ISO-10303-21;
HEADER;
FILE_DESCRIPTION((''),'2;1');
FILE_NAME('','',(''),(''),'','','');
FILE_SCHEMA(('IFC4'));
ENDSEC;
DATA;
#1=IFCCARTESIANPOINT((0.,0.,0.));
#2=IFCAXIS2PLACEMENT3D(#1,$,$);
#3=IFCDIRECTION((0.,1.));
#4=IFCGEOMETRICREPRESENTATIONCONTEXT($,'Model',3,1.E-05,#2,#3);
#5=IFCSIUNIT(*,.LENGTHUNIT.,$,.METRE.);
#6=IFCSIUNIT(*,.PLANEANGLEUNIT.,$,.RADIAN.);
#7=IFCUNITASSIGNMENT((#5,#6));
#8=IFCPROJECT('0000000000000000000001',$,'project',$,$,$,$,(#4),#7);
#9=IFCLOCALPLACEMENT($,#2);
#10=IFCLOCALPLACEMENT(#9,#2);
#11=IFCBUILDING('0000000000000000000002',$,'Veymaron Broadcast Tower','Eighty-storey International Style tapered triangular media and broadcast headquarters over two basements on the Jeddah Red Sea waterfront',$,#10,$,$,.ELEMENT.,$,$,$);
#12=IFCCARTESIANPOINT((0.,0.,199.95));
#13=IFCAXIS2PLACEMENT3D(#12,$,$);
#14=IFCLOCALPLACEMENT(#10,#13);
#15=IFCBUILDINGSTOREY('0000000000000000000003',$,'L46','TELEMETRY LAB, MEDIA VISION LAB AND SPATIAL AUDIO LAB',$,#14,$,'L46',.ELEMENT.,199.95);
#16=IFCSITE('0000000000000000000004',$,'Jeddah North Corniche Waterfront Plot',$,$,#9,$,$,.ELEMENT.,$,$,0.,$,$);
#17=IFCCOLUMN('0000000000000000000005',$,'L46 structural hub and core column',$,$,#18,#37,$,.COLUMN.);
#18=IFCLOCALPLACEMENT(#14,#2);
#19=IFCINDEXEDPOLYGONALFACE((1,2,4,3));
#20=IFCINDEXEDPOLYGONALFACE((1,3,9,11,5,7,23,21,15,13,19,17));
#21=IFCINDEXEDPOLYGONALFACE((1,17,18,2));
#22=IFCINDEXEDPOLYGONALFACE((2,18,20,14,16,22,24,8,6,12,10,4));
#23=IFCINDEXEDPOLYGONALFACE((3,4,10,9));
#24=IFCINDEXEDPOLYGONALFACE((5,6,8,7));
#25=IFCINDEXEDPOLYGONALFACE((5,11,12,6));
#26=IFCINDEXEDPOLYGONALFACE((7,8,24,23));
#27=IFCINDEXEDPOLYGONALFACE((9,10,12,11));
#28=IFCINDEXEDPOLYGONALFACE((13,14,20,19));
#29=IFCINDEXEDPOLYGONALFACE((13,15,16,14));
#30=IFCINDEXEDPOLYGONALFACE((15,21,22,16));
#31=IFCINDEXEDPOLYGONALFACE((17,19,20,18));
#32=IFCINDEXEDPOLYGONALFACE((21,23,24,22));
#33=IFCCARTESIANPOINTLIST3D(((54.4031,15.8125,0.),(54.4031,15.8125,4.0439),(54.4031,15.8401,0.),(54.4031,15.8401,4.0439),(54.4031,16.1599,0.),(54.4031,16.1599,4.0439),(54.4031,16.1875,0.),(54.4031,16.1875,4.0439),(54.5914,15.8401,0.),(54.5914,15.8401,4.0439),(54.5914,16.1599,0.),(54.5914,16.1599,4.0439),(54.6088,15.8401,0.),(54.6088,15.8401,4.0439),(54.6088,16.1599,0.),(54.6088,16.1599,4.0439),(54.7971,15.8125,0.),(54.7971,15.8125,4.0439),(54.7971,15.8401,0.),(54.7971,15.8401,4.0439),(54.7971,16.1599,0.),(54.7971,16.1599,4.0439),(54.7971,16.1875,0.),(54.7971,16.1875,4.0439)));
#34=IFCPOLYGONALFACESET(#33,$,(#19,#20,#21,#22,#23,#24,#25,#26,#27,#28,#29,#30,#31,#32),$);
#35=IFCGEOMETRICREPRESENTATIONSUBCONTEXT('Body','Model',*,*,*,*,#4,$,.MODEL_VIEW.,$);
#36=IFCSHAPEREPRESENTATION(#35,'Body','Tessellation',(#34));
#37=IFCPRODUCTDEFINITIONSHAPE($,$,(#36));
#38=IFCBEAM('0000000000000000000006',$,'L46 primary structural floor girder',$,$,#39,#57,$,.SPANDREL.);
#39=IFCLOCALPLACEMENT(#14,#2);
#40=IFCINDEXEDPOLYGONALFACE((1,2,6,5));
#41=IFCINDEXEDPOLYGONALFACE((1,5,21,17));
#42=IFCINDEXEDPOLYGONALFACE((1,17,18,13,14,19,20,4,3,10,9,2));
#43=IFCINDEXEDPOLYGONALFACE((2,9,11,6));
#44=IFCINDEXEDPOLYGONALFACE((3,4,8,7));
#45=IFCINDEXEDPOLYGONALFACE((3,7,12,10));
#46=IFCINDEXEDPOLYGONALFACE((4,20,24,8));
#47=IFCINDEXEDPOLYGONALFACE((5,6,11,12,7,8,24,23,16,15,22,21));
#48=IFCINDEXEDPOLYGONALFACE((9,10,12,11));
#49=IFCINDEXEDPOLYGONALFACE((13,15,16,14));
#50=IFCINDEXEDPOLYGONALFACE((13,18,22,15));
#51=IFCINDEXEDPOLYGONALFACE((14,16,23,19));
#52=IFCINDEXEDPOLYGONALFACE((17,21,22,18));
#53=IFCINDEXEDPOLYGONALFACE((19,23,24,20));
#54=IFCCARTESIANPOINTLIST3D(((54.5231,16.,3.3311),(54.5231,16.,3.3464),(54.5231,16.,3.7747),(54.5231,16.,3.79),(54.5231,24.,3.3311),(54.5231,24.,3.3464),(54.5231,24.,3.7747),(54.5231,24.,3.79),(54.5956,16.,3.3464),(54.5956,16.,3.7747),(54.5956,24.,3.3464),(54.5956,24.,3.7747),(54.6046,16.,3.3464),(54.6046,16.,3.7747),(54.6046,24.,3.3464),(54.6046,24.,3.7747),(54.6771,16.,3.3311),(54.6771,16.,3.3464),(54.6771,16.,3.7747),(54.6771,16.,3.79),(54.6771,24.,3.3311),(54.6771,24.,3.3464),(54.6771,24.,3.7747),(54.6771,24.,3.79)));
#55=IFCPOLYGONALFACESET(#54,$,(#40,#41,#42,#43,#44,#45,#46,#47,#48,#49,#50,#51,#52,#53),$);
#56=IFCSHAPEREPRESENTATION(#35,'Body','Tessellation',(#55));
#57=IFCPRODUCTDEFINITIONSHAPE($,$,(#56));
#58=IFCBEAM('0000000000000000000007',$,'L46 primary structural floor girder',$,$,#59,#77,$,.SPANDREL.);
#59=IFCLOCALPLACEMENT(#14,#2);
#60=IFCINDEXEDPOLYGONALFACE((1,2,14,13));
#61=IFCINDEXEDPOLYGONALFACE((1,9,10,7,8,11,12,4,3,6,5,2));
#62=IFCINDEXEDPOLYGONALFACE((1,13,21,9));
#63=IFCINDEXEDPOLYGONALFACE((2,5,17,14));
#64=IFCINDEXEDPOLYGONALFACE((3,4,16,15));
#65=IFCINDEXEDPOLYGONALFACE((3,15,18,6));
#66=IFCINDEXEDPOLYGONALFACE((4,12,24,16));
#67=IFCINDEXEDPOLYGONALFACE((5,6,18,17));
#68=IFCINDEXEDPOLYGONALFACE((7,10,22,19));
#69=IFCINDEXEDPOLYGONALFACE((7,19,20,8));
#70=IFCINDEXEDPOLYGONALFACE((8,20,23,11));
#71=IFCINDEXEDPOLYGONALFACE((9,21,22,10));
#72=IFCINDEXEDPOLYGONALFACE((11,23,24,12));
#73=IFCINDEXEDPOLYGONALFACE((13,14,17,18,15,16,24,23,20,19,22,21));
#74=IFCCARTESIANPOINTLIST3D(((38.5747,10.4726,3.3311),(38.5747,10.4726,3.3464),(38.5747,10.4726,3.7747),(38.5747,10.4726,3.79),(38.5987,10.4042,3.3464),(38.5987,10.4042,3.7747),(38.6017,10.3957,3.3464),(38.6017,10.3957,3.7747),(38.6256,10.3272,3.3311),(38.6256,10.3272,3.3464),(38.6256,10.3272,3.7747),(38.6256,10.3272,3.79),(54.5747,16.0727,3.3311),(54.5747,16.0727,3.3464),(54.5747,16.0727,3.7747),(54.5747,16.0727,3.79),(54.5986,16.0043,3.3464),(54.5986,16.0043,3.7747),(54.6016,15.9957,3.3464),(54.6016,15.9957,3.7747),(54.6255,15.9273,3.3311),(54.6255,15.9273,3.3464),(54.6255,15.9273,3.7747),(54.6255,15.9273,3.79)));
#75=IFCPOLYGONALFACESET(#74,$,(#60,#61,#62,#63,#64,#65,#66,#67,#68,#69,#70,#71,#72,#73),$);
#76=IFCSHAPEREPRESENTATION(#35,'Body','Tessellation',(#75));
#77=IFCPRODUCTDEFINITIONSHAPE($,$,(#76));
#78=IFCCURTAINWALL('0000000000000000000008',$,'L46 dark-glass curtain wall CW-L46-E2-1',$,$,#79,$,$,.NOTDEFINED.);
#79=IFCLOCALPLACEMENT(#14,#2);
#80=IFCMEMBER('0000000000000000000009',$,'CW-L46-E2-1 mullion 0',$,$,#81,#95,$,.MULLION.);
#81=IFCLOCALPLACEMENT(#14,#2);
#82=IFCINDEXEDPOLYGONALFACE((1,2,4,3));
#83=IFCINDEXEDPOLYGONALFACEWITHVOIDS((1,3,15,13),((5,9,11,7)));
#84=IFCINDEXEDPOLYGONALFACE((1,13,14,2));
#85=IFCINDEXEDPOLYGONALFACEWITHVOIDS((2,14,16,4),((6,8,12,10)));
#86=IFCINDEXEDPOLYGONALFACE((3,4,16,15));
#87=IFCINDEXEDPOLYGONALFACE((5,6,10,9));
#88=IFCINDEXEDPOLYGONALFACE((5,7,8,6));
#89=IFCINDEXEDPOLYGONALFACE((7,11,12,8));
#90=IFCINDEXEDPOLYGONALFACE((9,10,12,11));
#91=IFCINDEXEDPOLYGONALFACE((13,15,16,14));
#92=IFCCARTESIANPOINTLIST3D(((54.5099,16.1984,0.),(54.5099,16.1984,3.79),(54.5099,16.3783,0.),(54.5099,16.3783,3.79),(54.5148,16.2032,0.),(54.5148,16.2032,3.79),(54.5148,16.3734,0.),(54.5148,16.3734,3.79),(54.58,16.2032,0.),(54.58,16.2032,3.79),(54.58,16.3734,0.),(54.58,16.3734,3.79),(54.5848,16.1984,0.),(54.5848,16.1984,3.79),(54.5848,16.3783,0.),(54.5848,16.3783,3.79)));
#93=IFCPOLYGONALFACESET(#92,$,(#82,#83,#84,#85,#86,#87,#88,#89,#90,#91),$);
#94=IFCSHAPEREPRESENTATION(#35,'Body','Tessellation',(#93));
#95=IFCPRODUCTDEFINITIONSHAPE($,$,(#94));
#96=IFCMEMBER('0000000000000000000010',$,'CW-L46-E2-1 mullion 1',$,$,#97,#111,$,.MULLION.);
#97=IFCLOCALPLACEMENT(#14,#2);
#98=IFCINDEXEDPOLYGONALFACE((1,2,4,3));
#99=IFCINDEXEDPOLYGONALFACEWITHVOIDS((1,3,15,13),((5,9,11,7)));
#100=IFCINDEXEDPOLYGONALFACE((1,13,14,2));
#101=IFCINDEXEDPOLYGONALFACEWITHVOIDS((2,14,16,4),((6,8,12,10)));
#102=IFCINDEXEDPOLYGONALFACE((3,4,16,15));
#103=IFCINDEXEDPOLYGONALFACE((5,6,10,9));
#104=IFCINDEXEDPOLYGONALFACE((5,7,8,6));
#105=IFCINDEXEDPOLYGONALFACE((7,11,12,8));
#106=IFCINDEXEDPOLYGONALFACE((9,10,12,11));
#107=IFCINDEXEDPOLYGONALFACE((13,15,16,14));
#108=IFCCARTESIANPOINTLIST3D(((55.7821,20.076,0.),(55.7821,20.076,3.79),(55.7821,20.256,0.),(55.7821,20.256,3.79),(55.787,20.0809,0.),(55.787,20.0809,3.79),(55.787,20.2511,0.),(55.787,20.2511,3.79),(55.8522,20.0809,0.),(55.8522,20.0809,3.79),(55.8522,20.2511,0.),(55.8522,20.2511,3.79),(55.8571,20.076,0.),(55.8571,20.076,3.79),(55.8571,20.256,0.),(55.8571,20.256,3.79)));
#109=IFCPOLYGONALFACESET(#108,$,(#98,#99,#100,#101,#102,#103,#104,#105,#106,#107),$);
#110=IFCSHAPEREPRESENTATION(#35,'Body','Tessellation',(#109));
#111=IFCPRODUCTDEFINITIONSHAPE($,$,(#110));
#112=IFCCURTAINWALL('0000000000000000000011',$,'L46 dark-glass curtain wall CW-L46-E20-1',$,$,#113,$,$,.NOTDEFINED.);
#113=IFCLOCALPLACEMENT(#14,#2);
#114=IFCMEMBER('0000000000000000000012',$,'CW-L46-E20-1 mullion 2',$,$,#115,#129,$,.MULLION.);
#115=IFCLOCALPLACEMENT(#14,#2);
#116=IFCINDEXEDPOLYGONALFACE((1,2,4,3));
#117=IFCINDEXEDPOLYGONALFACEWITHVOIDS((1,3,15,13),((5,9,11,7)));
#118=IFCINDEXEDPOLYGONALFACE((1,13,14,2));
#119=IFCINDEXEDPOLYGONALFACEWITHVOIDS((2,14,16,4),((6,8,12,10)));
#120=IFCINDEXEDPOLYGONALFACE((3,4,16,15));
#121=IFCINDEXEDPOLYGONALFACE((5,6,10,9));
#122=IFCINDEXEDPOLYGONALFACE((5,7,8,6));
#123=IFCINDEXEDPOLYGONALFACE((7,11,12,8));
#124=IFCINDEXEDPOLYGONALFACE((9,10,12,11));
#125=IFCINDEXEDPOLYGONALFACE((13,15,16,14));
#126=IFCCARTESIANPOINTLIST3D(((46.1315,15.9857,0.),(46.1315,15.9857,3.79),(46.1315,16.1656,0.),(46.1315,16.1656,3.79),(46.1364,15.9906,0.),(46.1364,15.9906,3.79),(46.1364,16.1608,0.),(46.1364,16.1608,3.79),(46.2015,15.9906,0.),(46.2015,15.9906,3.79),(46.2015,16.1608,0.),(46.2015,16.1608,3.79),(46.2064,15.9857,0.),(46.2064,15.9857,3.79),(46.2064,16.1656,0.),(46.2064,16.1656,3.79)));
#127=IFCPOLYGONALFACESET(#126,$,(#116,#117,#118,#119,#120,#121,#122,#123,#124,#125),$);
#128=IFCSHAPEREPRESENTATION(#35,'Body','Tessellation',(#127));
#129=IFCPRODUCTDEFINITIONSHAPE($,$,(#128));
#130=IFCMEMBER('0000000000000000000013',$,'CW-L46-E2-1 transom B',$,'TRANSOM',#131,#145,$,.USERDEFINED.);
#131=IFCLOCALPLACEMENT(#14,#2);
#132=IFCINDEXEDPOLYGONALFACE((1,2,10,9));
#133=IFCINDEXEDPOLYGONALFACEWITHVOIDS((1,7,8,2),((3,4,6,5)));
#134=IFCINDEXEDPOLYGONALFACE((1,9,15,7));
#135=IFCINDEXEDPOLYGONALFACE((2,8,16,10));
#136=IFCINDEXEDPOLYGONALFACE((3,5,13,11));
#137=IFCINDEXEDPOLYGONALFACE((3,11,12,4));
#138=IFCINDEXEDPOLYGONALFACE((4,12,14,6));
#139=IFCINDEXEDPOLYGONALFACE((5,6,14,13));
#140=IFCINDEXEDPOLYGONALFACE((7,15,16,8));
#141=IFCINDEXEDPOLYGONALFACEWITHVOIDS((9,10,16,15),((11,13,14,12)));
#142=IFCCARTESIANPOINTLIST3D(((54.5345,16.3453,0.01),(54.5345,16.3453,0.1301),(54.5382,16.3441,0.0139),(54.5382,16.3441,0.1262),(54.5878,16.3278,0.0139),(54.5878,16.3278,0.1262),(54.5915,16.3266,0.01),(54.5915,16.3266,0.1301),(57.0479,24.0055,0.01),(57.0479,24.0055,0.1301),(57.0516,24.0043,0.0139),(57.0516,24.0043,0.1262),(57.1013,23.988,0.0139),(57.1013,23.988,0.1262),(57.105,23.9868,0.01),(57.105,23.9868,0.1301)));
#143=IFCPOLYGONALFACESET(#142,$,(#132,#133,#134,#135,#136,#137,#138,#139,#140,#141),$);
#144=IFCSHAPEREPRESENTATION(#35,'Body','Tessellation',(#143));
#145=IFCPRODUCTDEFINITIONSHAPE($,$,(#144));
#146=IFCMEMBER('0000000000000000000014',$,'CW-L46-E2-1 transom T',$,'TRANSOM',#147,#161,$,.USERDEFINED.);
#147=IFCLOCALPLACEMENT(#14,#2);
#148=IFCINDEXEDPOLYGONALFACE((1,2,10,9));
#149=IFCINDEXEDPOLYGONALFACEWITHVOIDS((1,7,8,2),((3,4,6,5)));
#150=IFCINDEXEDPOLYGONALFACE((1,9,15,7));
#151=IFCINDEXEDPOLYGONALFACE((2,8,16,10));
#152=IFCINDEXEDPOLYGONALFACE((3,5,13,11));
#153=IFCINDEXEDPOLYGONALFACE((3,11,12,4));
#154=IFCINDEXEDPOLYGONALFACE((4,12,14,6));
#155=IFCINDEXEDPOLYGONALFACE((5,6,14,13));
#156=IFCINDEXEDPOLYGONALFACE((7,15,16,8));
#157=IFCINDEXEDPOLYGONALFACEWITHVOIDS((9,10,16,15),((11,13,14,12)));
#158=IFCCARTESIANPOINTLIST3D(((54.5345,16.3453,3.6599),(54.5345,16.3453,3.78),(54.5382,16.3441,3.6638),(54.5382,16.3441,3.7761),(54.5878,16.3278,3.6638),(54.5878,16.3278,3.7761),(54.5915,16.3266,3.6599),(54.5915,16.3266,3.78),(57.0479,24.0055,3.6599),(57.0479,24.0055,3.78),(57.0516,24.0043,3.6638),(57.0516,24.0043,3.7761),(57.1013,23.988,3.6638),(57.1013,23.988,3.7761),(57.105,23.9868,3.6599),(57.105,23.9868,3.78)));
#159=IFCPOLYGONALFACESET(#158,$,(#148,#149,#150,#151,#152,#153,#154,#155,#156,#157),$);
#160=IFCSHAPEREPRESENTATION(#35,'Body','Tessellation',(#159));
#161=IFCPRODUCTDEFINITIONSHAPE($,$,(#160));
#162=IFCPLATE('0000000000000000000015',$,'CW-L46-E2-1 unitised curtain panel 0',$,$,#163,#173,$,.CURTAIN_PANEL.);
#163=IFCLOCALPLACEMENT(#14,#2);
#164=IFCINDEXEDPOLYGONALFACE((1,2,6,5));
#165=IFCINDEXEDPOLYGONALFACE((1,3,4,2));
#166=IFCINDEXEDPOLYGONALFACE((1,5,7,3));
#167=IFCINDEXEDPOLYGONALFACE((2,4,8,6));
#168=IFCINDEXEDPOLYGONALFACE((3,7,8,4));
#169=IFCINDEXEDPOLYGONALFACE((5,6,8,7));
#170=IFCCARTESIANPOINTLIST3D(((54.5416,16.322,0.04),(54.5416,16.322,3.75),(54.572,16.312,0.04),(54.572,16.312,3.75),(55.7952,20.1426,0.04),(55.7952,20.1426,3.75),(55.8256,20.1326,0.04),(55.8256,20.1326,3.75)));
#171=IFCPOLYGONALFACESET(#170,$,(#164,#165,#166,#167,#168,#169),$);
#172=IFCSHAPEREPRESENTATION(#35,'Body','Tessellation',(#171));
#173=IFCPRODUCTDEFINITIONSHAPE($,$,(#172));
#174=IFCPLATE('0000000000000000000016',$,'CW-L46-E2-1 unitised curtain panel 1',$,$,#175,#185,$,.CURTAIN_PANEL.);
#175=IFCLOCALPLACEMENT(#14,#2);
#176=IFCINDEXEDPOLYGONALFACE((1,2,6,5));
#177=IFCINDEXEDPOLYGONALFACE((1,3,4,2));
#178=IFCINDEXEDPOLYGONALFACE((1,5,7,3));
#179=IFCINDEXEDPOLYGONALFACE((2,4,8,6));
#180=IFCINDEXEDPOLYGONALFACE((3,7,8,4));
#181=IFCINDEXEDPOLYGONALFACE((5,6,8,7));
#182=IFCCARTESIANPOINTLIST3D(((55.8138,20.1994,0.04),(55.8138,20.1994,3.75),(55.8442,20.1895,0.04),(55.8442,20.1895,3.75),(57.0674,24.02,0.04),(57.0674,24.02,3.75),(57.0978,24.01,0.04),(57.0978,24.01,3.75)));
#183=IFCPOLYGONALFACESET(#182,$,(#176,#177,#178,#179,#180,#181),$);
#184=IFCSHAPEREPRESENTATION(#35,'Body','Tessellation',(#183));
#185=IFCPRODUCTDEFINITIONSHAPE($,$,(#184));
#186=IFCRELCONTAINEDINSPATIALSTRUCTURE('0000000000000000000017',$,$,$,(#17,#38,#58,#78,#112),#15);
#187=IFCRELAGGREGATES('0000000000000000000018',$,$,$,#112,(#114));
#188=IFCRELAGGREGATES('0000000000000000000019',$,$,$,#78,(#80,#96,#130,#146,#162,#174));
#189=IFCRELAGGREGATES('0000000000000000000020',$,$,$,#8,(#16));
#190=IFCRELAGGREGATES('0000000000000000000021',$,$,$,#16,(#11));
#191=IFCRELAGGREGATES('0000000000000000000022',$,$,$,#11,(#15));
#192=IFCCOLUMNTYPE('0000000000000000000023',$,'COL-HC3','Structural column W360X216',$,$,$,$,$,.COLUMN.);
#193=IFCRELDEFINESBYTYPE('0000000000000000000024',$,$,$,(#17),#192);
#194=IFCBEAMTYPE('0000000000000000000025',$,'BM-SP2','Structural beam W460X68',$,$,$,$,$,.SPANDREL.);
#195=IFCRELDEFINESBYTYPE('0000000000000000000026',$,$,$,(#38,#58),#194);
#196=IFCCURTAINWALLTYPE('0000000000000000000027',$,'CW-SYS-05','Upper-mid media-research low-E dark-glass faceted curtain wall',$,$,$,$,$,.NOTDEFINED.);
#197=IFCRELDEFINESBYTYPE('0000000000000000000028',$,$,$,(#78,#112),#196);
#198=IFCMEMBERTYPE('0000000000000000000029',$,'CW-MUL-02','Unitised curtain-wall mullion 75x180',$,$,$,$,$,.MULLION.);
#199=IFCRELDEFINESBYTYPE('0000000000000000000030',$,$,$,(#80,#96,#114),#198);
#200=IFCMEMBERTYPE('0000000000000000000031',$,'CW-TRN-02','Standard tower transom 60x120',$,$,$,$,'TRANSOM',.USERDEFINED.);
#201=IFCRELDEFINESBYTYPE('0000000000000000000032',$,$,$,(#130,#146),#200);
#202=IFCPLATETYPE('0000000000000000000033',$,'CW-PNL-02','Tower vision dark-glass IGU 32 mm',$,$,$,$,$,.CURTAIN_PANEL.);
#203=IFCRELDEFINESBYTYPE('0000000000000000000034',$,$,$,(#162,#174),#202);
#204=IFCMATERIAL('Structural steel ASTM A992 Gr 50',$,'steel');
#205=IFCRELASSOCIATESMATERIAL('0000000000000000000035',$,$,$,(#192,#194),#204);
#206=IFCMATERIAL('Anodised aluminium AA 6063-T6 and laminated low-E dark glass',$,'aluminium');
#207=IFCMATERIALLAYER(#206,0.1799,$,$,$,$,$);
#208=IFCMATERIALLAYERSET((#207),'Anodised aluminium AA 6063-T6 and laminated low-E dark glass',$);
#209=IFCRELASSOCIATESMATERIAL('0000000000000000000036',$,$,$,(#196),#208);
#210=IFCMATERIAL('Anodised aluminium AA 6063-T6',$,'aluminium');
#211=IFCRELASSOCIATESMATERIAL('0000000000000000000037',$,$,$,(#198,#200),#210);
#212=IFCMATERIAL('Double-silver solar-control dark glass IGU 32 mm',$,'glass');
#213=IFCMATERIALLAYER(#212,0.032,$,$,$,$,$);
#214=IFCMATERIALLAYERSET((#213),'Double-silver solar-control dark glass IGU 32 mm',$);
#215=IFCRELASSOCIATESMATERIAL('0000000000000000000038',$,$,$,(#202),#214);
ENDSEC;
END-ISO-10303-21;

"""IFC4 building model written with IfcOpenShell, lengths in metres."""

from ifc_helpers import new_model, si_unit, direction, frame, origin, origin_2d, place, context, subcontext, project, spatial, rectangle, hollow_rectangle, i_section, extrude, material, layer, layer_set, material_profile, profile_set, type_object, element, aggregate, save


model = new_model("IFC4")

# Units and contexts
model_context = context("Model", 3, precision=1e-05, world=origin(), true_north=direction((0.0, 1.0)))
body_context = subcontext(model_context, "Body", "Model", "MODEL_VIEW")
ifc_project = project(units=[si_unit("LENGTHUNIT", "METRE"), si_unit("PLANEANGLEUNIT", "RADIAN")], contexts=[model_context])

# Site, building, storey
site_placement = place(None, origin())
site = spatial("IfcSite", under=ifc_project, at=site_placement, Name="Jeddah North Corniche Waterfront Plot", CompositionType="ELEMENT", RefElevation=0.0)
building_placement = place(site_placement, origin())
building = spatial("IfcBuilding", under=site, at=building_placement, Name="Veymaron Broadcast Tower", Description="Eighty-storey International Style tapered triangular media and broadcast headquarters over two basements on the Jeddah Red Sea waterfront", CompositionType="ELEMENT")
storey_placement = place(building_placement, frame((0.0, 0.0, 199.95)))
storey = spatial("IfcBuildingStorey", under=building, at=storey_placement, Name="L46", Description="TELEMETRY LAB, MEDIA VISION LAB AND SPATIAL AUDIO LAB", LongName="L46", CompositionType="ELEMENT", Elevation=199.95)

# Column
ifc_material_1 = material(Name="Structural steel ASTM A992 Gr 50", Category="steel")
ifc_material_profile_1 = material_profile(ifc_material_1, i_section(OverallWidth=0.394, OverallDepth=0.375, WebThickness=0.0173, FlangeThickness=0.0276, at=origin_2d()), Name="W360X216")
ifc_profile_set_1 = profile_set([ifc_material_profile_1], Name="Structural steel ASTM A992 Gr 50")
column_type = type_object("IfcColumnType", Name="COL-HC3", Description="Structural column W360X216", PredefinedType="COLUMN", material=ifc_profile_set_1)
column_placement = place(storey_placement, frame((54.6001, 16.0, 0.0), z_axis=(0.0, 0.0, 1.0), x_axis=(1.0, 0.0, 0.0)))
element("IfcColumn", 1, at=column_placement, inside=storey, type_object=column_type, Name="L46 structural hub and core column", PredefinedType="COLUMN", context=body_context, shape_type="SweptSolid", body=[
    extrude(i_section(OverallWidth=0.394, OverallDepth=0.375, WebThickness=0.0173, FlangeThickness=0.0276, at=origin_2d()), origin(), (0.0, 0.0, 1.0), 4.0439),
])

# Beams
ifc_material_profile_2 = material_profile(ifc_material_1, i_section(OverallWidth=0.1541, OverallDepth=0.459, WebThickness=0.009, FlangeThickness=0.0154, at=origin_2d()), Name="W460X68")
ifc_profile_set_2 = profile_set([ifc_material_profile_2], Name="Structural steel ASTM A992 Gr 50")
beam_type = type_object("IfcBeamType", Name="BM-SP2", Description="Structural beam W460X68", PredefinedType="SPANDREL", material=ifc_profile_set_2)
beam_1_placement = place(storey_placement, frame((54.6001, 16.0, 3.5605), z_axis=(0.0, 1.0, 0.0), x_axis=(-1.0, 0.0, 0.0)))
element("IfcBeam", 2, at=beam_1_placement, inside=storey, type_object=beam_type, Name="L46 primary structural floor girder", PredefinedType="SPANDREL", context=body_context, shape_type="SweptSolid", body=[
    extrude(i_section(OverallWidth=0.1541, OverallDepth=0.459, WebThickness=0.009, FlangeThickness=0.0154, at=origin_2d()), origin(), (0.0, 0.0, 1.0), 8.0),
])
beam_2_placement = place(storey_placement, frame((54.6001, 16.0, 3.5605), z_axis=(-0.943857, -0.330356, 0.0), x_axis=(0.330356, -0.943857, 0.0)))
element("IfcBeam", 3, at=beam_2_placement, inside=storey, type_object=beam_type, Name="L46 primary structural floor girder", PredefinedType="SPANDREL", context=body_context, shape_type="SweptSolid", body=[
    extrude(i_section(OverallWidth=0.1541, OverallDepth=0.459, WebThickness=0.009, FlangeThickness=0.0154, at=origin_2d()), origin(), (0.0, 0.0, 1.0), 16.9517),
])

# Curtain wall, members
ifc_material_2 = material(Name="Anodised aluminium AA 6063-T6 and laminated low-E dark glass", Category="aluminium")
ifc_layer_1 = layer(ifc_material_2, 0.1799)
ifc_layer_set_1 = layer_set([ifc_layer_1], Name="Anodised aluminium AA 6063-T6 and laminated low-E dark glass")
curtain_wall_type = type_object("IfcCurtainWallType", Name="CW-SYS-05", Description="Upper-mid media-research low-E dark-glass faceted curtain wall", PredefinedType="NOTDEFINED", material=ifc_layer_set_1)
curtain_wall_1_placement = place(storey_placement, origin())
curtain_wall_1 = element("IfcCurtainWall", 4, at=curtain_wall_1_placement, inside=storey, type_object=curtain_wall_type, Name="L46 dark-glass curtain wall CW-L46-E2-1", PredefinedType="NOTDEFINED")
ifc_material_3 = material(Name="Anodised aluminium AA 6063-T6", Category="aluminium")
ifc_material_profile_3 = material_profile(ifc_material_3, hollow_rectangle(XDim=0.075, YDim=0.1799, WallThickness=0.0049, at=origin_2d()), Name="AL180X75X5")
ifc_profile_set_3 = profile_set([ifc_material_profile_3], Name="Anodised aluminium AA 6063-T6")
member_type_1 = type_object("IfcMemberType", Name="CW-MUL-02", Description="Unitised curtain-wall mullion 75x180", PredefinedType="MULLION", material=ifc_profile_set_3)
member_1_placement = place(storey_placement, frame((54.5474, 16.2883, 0.0), z_axis=(0.0, 0.0, 1.0), x_axis=(1.0, 0.0, 0.0)))
member_1 = element("IfcMember", 5, at=member_1_placement, type_object=member_type_1, Name="CW-L46-E2-1 mullion 0", PredefinedType="MULLION", context=body_context, shape_type="SweptSolid", body=[
    extrude(hollow_rectangle(XDim=0.075, YDim=0.1799, WallThickness=0.0049, at=origin_2d()), origin(), (0.0, 0.0, 1.0), 3.79),
])
member_2_placement = place(storey_placement, frame((55.8196, 20.166, 0.0), z_axis=(0.0, 0.0, 1.0), x_axis=(1.0, 0.0, 0.0)))
member_2 = element("IfcMember", 6, at=member_2_placement, type_object=member_type_1, Name="CW-L46-E2-1 mullion 1", PredefinedType="MULLION", context=body_context, shape_type="SweptSolid", body=[
    extrude(hollow_rectangle(XDim=0.075, YDim=0.1799, WallThickness=0.0049, at=origin_2d()), origin(), (0.0, 0.0, 1.0), 3.79),
])

# Curtain wall, member
curtain_wall_2_placement = place(storey_placement, origin())
curtain_wall_2 = element("IfcCurtainWall", 7, at=curtain_wall_2_placement, inside=storey, type_object=curtain_wall_type, Name="L46 dark-glass curtain wall CW-L46-E20-1", PredefinedType="NOTDEFINED")
member_3_placement = place(storey_placement, frame((46.1689, 16.0757, 0.0), z_axis=(0.0, 0.0, 1.0), x_axis=(1.0, 0.0, 0.0)))
member_3 = element("IfcMember", 8, at=member_3_placement, type_object=member_type_1, Name="CW-L46-E20-1 mullion 2", PredefinedType="MULLION", context=body_context, shape_type="SweptSolid", body=[
    extrude(hollow_rectangle(XDim=0.075, YDim=0.1799, WallThickness=0.0049, at=origin_2d()), origin(), (0.0, 0.0, 1.0), 3.79),
])
aggregate(curtain_wall_2, [member_3])

# Members
ifc_material_profile_4 = material_profile(ifc_material_3, hollow_rectangle(XDim=0.0601, YDim=0.1201, WallThickness=0.0039, at=origin_2d()), Name="AL120X60X4")
ifc_profile_set_4 = profile_set([ifc_material_profile_4], Name="Anodised aluminium AA 6063-T6")
member_type_2 = type_object("IfcMemberType", Name="CW-TRN-02", Description="Standard tower transom 60x120", ElementType="TRANSOM", PredefinedType="USERDEFINED", material=ifc_profile_set_4)
member_4_placement = place(storey_placement, frame((54.563, 16.3359, 0.0701), z_axis=(0.311764, 0.95016, 0.0), x_axis=(-0.95016, 0.311764, 0.0)))
member_4 = element("IfcMember", 9, at=member_4_placement, type_object=member_type_2, Name="CW-L46-E2-1 transom B", ObjectType="TRANSOM", PredefinedType="USERDEFINED", context=body_context, shape_type="SweptSolid", body=[
    extrude(hollow_rectangle(XDim=0.0601, YDim=0.1201, WallThickness=0.0039, at=origin_2d()), origin(), (0.0, 0.0, 1.0), 8.062),
])
member_5_placement = place(storey_placement, frame((54.563, 16.3359, 3.72), z_axis=(0.311764, 0.95016, 0.0), x_axis=(-0.95016, 0.311764, 0.0)))
member_5 = element("IfcMember", 10, at=member_5_placement, type_object=member_type_2, Name="CW-L46-E2-1 transom T", ObjectType="TRANSOM", PredefinedType="USERDEFINED", context=body_context, shape_type="SweptSolid", body=[
    extrude(hollow_rectangle(XDim=0.0601, YDim=0.1201, WallThickness=0.0039, at=origin_2d()), origin(), (0.0, 0.0, 1.0), 8.062),
])

# Plates
ifc_material_4 = material(Name="Double-silver solar-control dark glass IGU 32 mm", Category="glass")
ifc_layer_2 = layer(ifc_material_4, 0.032)
ifc_layer_set_2 = layer_set([ifc_layer_2], Name="Double-silver solar-control dark glass IGU 32 mm")
plate_type = type_object("IfcPlateType", Name="CW-PNL-02", Description="Tower vision dark-glass IGU 32 mm", PredefinedType="CURTAIN_PANEL", material=ifc_layer_set_2)
plate_1_placement = place(storey_placement, frame((55.1836, 18.2273, 0.04), z_axis=(0.0, 0.0, 1.0), x_axis=(0.311771, 0.950157, 0.0)))
plate_1 = element("IfcPlate", 11, at=plate_1_placement, type_object=plate_type, Name="CW-L46-E2-1 unitised curtain panel 0", PredefinedType="CURTAIN_PANEL", context=body_context, shape_type="SweptSolid", body=[
    extrude(rectangle(XDim=4.021, YDim=0.032, at=origin_2d()), origin(), (0.0, 0.0, 1.0), 3.71),
])
plate_2_placement = place(storey_placement, frame((56.4558, 22.1047, 0.04), z_axis=(0.0, 0.0, 1.0), x_axis=(0.311771, 0.950157, 0.0)))
plate_2 = element("IfcPlate", 12, at=plate_2_placement, type_object=plate_type, Name="CW-L46-E2-1 unitised curtain panel 1", PredefinedType="CURTAIN_PANEL", context=body_context, shape_type="SweptSolid", body=[
    extrude(rectangle(XDim=4.021, YDim=0.032, at=origin_2d()), origin(), (0.0, 0.0, 1.0), 3.71),
])
aggregate(curtain_wall_1, [member_1, member_2, member_4, member_5, plate_1, plate_2])

save(model, "model.ifc")
